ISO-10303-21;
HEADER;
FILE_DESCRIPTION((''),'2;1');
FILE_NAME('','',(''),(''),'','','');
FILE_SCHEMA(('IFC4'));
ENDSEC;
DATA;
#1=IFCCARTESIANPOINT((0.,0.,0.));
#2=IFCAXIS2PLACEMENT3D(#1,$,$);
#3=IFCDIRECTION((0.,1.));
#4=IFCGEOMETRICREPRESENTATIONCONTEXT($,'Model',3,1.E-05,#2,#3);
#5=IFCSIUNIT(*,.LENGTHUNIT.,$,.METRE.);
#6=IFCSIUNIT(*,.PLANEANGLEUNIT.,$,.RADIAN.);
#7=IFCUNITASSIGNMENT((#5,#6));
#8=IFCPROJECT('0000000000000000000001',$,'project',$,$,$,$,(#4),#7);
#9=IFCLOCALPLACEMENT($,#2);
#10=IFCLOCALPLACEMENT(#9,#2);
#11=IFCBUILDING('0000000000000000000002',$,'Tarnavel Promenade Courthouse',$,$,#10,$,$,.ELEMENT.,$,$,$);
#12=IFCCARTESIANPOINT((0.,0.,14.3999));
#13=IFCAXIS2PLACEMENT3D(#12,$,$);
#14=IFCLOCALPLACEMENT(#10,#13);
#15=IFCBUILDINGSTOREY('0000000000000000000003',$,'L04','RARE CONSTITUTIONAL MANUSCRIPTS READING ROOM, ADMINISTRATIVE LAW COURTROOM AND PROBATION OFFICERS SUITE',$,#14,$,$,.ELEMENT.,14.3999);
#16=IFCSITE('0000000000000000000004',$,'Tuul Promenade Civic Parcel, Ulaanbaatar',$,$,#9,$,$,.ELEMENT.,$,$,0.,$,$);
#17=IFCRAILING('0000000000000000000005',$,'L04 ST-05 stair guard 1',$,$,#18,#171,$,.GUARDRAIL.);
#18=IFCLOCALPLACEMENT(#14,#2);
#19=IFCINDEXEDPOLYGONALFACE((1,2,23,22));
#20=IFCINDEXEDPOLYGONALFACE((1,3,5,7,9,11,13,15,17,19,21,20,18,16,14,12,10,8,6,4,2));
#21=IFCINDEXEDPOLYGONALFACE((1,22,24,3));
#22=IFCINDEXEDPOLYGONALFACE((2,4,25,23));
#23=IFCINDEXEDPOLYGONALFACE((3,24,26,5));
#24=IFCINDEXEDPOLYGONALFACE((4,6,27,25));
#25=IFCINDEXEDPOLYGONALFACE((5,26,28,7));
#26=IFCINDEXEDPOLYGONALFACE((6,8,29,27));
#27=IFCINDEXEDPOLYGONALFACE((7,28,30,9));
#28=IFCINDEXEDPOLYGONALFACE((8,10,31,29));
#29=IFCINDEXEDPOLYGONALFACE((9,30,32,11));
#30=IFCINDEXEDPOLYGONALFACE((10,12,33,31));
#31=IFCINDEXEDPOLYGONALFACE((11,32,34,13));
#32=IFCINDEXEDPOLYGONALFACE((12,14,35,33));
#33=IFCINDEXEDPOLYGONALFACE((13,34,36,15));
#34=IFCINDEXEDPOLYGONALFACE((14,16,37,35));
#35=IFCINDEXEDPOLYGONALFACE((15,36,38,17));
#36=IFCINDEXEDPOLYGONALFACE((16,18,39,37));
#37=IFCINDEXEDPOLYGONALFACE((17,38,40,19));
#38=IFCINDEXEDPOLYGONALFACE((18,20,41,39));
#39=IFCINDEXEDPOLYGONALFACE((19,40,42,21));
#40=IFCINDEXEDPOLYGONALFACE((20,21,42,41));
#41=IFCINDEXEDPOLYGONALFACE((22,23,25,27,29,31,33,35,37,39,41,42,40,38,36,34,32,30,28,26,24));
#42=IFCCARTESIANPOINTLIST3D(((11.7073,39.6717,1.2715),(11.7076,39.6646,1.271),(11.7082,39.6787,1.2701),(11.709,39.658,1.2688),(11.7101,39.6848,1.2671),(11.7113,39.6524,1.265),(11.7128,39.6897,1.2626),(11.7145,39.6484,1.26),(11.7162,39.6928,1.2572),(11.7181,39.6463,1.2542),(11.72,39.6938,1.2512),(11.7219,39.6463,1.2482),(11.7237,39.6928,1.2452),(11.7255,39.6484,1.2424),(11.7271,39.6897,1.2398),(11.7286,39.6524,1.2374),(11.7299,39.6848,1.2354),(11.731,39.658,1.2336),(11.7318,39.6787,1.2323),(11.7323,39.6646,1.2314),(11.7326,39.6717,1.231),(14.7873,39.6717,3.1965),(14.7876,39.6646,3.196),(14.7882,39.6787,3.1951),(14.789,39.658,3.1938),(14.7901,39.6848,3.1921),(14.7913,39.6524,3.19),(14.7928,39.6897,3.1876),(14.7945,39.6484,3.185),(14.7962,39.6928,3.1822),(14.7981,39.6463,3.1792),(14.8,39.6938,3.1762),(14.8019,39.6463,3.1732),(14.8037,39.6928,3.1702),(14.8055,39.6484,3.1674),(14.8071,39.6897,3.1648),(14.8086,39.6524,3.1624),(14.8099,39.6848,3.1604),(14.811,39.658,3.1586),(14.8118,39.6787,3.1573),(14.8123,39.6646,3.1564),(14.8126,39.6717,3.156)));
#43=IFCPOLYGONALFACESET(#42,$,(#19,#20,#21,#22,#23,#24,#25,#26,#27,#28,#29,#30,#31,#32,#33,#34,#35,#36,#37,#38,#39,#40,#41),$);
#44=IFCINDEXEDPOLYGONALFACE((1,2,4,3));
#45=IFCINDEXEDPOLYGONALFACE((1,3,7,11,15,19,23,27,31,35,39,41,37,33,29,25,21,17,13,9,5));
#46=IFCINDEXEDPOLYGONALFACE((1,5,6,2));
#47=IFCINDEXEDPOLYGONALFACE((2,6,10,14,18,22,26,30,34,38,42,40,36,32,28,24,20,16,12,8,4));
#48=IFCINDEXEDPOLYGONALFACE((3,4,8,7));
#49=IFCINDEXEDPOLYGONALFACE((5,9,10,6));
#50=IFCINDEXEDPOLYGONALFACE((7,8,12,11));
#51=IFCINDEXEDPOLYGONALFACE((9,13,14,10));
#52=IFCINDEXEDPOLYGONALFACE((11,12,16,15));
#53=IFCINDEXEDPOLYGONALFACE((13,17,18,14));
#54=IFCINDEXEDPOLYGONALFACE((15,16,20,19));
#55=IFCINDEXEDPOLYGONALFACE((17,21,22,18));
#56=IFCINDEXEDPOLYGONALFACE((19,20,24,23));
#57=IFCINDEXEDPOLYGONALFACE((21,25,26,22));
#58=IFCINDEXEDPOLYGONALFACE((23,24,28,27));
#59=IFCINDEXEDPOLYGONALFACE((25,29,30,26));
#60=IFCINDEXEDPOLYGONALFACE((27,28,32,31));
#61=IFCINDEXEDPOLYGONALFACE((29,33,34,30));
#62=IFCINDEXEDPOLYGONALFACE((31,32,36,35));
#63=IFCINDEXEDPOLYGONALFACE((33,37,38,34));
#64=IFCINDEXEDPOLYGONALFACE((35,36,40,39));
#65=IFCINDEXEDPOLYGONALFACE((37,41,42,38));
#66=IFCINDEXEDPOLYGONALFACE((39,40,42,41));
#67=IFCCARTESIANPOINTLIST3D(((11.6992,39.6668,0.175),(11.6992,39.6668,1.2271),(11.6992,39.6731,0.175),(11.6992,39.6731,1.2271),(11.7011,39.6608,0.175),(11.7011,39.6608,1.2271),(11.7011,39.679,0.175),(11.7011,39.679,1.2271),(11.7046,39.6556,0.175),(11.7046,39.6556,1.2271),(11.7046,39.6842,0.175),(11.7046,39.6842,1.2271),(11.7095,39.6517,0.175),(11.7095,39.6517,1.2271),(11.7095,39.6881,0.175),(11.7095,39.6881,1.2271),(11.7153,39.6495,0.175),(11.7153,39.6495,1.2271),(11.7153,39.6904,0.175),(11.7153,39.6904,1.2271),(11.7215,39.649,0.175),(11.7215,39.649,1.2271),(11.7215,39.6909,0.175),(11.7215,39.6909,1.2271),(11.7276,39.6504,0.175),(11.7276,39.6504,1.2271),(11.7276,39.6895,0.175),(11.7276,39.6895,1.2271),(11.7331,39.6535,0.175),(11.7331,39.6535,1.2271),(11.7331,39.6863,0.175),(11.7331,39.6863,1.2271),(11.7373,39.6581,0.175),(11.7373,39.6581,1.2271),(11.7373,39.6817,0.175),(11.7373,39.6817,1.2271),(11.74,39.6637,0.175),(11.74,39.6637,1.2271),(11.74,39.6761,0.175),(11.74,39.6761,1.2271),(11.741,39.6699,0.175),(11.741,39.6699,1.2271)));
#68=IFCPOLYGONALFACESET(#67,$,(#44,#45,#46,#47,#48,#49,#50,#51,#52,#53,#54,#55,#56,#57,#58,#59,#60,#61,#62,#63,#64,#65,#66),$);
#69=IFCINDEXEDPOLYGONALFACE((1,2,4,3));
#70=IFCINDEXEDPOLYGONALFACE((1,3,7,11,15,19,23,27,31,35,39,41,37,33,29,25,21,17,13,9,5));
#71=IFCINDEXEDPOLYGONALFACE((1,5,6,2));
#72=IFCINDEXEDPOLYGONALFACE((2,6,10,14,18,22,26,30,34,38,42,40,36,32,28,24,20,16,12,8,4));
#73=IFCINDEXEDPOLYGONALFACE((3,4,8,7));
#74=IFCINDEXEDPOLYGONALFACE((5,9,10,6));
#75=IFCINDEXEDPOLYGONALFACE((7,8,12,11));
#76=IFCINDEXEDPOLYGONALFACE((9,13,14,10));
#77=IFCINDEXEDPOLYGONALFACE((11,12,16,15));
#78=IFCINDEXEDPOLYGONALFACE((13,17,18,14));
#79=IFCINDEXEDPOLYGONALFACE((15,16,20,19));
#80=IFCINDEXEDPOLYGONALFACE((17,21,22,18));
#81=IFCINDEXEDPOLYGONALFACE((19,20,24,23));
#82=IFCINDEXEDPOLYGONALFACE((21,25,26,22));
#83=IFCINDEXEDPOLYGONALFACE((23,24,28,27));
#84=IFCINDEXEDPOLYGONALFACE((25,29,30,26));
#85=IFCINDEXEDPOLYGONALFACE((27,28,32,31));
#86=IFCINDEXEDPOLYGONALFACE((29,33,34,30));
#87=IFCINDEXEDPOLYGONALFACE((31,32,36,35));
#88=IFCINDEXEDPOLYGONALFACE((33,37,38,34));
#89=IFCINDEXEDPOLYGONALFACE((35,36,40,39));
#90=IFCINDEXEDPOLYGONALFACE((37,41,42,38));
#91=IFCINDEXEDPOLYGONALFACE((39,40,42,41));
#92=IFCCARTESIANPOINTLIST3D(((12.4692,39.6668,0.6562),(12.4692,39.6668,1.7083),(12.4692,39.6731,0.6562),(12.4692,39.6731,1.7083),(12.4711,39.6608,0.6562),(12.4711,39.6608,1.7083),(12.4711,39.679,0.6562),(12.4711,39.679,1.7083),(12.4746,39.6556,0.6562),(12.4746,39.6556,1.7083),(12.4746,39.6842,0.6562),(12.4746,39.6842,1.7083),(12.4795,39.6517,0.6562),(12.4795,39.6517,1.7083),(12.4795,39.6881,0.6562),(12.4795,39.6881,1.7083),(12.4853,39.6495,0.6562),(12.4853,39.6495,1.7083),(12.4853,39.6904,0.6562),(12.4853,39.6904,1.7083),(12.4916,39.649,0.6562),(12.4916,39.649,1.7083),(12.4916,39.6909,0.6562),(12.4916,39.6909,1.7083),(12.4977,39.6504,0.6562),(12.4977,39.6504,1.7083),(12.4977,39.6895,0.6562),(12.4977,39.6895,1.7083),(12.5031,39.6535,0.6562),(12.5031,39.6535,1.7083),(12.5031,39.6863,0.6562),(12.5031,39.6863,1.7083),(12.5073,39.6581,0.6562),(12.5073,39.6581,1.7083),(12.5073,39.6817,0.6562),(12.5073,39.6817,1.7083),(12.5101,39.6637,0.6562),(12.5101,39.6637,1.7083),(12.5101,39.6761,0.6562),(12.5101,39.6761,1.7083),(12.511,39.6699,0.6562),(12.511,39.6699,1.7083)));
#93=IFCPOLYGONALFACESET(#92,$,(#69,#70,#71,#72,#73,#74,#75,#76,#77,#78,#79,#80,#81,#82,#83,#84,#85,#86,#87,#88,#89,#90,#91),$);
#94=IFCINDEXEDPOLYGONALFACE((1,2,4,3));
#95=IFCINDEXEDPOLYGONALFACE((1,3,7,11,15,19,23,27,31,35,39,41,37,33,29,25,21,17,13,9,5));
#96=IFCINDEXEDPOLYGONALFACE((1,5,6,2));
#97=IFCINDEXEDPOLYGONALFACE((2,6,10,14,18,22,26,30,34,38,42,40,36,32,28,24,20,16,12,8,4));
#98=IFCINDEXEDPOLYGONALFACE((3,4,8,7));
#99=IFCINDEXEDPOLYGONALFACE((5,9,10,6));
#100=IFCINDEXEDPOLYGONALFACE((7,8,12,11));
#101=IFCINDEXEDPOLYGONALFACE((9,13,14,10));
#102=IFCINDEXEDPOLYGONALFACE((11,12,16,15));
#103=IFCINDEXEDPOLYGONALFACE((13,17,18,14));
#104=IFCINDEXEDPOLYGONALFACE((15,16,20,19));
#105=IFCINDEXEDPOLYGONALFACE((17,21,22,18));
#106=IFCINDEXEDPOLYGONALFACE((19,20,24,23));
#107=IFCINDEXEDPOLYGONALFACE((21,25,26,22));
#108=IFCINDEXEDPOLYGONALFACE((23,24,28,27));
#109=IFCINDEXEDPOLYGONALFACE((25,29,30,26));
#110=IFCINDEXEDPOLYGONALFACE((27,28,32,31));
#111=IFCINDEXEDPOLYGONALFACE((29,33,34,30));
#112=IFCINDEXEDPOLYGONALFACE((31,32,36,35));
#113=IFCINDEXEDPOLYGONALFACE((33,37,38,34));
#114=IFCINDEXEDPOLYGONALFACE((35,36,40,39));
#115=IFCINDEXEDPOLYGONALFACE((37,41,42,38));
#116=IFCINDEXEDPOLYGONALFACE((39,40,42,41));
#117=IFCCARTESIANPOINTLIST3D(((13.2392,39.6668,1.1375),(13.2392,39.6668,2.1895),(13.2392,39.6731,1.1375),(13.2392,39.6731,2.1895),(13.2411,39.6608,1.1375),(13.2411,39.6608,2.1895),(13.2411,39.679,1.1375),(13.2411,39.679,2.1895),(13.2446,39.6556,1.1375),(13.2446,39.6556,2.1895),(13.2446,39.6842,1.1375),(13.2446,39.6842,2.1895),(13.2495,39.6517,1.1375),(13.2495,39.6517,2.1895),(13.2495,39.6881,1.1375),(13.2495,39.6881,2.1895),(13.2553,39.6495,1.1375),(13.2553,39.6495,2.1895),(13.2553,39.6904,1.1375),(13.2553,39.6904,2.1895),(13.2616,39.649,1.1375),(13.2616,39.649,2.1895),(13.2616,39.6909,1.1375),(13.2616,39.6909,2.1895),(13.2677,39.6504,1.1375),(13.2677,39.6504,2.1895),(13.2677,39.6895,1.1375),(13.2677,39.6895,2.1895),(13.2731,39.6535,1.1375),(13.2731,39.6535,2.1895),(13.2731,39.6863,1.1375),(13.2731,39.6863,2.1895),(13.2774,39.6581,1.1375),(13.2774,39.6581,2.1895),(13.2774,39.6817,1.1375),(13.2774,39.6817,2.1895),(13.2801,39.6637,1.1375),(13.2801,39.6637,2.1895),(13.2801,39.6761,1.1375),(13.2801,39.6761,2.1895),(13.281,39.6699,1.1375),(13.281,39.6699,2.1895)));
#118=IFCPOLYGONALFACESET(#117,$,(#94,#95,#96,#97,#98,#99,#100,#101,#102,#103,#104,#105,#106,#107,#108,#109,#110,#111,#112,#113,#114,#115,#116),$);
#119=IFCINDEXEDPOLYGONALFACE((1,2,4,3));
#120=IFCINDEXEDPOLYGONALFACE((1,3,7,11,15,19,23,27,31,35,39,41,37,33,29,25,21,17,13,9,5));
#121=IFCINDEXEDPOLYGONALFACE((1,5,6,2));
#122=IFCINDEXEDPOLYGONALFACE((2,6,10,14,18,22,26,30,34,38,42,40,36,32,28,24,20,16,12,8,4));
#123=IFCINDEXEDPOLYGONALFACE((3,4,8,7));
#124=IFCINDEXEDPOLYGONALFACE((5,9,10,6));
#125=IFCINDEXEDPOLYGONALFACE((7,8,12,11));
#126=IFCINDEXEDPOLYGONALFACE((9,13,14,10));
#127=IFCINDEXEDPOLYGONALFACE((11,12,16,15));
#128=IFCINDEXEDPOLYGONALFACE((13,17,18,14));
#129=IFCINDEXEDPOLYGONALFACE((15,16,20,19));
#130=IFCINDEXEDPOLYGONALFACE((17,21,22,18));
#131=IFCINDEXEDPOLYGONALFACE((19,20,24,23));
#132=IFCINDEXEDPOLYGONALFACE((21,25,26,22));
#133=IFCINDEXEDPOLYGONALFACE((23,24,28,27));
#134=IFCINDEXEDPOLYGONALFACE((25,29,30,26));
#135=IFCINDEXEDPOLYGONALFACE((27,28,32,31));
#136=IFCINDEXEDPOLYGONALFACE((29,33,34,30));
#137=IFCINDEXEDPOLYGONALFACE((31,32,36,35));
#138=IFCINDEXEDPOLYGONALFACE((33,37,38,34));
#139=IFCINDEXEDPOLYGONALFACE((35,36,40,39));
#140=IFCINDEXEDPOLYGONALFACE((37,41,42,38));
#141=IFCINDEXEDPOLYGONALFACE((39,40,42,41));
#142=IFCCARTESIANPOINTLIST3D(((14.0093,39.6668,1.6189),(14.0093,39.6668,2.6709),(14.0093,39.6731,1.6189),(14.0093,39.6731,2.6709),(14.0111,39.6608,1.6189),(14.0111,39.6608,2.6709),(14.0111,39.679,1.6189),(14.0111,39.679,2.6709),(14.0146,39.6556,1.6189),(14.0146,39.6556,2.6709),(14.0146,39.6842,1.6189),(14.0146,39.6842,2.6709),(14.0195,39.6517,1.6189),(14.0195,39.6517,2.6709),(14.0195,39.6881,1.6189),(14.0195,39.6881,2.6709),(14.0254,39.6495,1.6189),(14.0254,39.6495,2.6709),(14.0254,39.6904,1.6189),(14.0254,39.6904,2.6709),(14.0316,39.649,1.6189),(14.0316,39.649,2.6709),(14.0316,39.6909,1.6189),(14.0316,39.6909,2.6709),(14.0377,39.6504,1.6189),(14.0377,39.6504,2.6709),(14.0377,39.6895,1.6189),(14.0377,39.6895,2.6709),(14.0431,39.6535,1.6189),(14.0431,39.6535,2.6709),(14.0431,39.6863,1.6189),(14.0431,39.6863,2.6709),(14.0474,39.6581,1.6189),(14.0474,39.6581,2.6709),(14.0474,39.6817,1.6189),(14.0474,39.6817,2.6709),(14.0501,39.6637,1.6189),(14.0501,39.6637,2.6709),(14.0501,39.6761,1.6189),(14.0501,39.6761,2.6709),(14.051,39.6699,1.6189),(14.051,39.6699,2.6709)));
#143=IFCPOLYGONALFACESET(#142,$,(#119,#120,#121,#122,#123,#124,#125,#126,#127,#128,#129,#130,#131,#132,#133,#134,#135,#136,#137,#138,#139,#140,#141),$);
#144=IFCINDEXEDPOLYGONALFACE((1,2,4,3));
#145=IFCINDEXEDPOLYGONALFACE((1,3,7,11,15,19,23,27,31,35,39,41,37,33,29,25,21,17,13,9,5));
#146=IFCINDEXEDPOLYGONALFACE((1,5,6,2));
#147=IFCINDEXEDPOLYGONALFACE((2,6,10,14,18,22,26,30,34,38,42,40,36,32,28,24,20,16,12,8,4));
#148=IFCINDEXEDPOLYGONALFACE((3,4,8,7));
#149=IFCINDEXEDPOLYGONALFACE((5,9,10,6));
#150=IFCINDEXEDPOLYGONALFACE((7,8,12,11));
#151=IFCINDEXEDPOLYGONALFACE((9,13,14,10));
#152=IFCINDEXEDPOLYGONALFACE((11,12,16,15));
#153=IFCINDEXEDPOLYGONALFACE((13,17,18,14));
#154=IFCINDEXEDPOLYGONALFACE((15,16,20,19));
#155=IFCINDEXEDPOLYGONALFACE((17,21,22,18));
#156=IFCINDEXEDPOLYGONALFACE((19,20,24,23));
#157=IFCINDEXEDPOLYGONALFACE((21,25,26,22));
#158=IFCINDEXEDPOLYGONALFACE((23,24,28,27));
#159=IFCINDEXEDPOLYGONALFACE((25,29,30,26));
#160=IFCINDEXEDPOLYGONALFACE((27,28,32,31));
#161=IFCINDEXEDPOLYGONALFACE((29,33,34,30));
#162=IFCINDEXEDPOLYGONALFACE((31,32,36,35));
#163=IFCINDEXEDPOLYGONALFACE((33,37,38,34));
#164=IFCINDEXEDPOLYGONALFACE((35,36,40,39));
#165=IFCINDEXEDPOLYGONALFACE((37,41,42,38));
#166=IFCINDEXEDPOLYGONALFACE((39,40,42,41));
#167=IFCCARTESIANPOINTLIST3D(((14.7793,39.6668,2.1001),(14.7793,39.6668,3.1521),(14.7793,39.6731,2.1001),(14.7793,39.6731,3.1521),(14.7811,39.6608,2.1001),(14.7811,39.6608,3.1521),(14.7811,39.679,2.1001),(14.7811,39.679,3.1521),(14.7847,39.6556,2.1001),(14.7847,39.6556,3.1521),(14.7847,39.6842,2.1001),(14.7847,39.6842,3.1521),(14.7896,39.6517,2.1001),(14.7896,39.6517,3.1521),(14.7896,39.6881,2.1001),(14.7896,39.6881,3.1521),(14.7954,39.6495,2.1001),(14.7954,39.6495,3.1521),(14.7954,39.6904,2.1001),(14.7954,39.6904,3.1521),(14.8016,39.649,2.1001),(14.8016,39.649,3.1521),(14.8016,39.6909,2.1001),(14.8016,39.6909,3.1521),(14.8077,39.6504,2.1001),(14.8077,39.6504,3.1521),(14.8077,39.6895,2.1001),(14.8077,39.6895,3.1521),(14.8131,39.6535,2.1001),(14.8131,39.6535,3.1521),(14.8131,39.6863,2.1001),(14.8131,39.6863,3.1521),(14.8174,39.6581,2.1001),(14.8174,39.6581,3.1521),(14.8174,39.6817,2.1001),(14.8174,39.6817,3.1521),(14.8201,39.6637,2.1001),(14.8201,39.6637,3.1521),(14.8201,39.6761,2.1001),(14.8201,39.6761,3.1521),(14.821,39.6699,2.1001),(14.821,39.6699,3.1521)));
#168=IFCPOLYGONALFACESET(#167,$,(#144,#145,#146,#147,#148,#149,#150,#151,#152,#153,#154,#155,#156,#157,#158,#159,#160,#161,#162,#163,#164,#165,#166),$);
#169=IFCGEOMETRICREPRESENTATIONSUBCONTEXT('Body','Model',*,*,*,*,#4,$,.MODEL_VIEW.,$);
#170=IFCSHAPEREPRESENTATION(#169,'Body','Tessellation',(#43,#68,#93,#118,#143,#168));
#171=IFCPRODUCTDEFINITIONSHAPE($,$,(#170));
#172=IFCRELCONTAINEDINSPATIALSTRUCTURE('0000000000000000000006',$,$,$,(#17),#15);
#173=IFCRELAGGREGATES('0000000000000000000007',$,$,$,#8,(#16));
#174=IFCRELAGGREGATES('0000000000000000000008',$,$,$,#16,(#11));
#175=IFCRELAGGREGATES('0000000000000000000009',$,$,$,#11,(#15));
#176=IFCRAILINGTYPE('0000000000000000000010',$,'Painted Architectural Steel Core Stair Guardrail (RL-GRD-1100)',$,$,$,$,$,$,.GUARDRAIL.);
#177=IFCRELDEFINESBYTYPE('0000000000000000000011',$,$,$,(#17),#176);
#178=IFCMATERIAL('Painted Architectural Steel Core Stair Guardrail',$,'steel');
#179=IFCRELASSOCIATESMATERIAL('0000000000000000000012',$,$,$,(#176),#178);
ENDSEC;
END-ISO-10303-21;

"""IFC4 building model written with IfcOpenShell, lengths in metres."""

from ifc_helpers import new_model, si_unit, direction, frame, origin, origin_2d, place, context, subcontext, project, spatial, circle, extrude, material, type_object, element, save


model = new_model("IFC4")

# Units and contexts
model_context = context("Model", 3, precision=1e-05, world=origin(), true_north=direction((0.0, 1.0)))
body_context = subcontext(model_context, "Body", "Model", "MODEL_VIEW")
ifc_project = project(units=[si_unit("LENGTHUNIT", "METRE"), si_unit("PLANEANGLEUNIT", "RADIAN")], contexts=[model_context])

# Site, building, storey
site_placement = place(None, origin())
site = spatial("IfcSite", under=ifc_project, at=site_placement, Name="Tuul Promenade Civic Parcel, Ulaanbaatar", CompositionType="ELEMENT", RefElevation=0.0)
building_placement = place(site_placement, origin())
building = spatial("IfcBuilding", under=site, at=building_placement, Name="Tarnavel Promenade Courthouse", CompositionType="ELEMENT")
storey_placement = place(building_placement, frame((0.0, 0.0, 14.3999)))
storey = spatial("IfcBuildingStorey", under=building, at=storey_placement, Name="L04", Description="RARE CONSTITUTIONAL MANUSCRIPTS READING ROOM, ADMINISTRATIVE LAW COURTROOM AND PROBATION OFFICERS SUITE", CompositionType="ELEMENT", Elevation=14.3999)

# Railing
ifc_material_1 = material(Name="Painted Architectural Steel Core Stair Guardrail", Category="steel")
railing_type_1 = type_object("IfcRailingType", Name="Painted Architectural Steel Core Stair Guardrail (RL-GRD-1100)", PredefinedType="GUARDRAIL", material=ifc_material_1)
railing_1_placement = place(storey_placement, frame((11.72, 39.6699, 0.175)))
element("IfcRailing", 1, at=railing_1_placement, inside=storey, type_object=railing_type_1, Name="L04 ST-05 stair guard 1", PredefinedType="GUARDRAIL", context=body_context, shape_type="SweptSolid", body=[
    extrude(circle(Radius=0.0239, at=origin_2d()), frame((0.0, 0.0, 1.0762), z_axis=(0.847998, 0.0, 0.529999), x_axis=(0.0, 1.0, 0.0)), (0.0, 0.0, 1.0), 3.6321),
    extrude(circle(Radius=0.021, at=origin_2d()), origin(), (0.0, 0.0, 1.0), 1.052),
    extrude(circle(Radius=0.021, at=origin_2d()), frame((0.77, 0.0, 0.4812)), (0.0, 0.0, 1.0), 1.052),
    extrude(circle(Radius=0.021, at=origin_2d()), frame((1.54, 0.0, 0.9624)), (0.0, 0.0, 1.0), 1.052),
    extrude(circle(Radius=0.021, at=origin_2d()), frame((2.3101, 0.0, 1.4438)), (0.0, 0.0, 1.0), 1.052),
    extrude(circle(Radius=0.021, at=origin_2d()), frame((3.0801, 0.0, 1.925)), (0.0, 0.0, 1.0), 1.052),
])

save(model, "model.ifc")
